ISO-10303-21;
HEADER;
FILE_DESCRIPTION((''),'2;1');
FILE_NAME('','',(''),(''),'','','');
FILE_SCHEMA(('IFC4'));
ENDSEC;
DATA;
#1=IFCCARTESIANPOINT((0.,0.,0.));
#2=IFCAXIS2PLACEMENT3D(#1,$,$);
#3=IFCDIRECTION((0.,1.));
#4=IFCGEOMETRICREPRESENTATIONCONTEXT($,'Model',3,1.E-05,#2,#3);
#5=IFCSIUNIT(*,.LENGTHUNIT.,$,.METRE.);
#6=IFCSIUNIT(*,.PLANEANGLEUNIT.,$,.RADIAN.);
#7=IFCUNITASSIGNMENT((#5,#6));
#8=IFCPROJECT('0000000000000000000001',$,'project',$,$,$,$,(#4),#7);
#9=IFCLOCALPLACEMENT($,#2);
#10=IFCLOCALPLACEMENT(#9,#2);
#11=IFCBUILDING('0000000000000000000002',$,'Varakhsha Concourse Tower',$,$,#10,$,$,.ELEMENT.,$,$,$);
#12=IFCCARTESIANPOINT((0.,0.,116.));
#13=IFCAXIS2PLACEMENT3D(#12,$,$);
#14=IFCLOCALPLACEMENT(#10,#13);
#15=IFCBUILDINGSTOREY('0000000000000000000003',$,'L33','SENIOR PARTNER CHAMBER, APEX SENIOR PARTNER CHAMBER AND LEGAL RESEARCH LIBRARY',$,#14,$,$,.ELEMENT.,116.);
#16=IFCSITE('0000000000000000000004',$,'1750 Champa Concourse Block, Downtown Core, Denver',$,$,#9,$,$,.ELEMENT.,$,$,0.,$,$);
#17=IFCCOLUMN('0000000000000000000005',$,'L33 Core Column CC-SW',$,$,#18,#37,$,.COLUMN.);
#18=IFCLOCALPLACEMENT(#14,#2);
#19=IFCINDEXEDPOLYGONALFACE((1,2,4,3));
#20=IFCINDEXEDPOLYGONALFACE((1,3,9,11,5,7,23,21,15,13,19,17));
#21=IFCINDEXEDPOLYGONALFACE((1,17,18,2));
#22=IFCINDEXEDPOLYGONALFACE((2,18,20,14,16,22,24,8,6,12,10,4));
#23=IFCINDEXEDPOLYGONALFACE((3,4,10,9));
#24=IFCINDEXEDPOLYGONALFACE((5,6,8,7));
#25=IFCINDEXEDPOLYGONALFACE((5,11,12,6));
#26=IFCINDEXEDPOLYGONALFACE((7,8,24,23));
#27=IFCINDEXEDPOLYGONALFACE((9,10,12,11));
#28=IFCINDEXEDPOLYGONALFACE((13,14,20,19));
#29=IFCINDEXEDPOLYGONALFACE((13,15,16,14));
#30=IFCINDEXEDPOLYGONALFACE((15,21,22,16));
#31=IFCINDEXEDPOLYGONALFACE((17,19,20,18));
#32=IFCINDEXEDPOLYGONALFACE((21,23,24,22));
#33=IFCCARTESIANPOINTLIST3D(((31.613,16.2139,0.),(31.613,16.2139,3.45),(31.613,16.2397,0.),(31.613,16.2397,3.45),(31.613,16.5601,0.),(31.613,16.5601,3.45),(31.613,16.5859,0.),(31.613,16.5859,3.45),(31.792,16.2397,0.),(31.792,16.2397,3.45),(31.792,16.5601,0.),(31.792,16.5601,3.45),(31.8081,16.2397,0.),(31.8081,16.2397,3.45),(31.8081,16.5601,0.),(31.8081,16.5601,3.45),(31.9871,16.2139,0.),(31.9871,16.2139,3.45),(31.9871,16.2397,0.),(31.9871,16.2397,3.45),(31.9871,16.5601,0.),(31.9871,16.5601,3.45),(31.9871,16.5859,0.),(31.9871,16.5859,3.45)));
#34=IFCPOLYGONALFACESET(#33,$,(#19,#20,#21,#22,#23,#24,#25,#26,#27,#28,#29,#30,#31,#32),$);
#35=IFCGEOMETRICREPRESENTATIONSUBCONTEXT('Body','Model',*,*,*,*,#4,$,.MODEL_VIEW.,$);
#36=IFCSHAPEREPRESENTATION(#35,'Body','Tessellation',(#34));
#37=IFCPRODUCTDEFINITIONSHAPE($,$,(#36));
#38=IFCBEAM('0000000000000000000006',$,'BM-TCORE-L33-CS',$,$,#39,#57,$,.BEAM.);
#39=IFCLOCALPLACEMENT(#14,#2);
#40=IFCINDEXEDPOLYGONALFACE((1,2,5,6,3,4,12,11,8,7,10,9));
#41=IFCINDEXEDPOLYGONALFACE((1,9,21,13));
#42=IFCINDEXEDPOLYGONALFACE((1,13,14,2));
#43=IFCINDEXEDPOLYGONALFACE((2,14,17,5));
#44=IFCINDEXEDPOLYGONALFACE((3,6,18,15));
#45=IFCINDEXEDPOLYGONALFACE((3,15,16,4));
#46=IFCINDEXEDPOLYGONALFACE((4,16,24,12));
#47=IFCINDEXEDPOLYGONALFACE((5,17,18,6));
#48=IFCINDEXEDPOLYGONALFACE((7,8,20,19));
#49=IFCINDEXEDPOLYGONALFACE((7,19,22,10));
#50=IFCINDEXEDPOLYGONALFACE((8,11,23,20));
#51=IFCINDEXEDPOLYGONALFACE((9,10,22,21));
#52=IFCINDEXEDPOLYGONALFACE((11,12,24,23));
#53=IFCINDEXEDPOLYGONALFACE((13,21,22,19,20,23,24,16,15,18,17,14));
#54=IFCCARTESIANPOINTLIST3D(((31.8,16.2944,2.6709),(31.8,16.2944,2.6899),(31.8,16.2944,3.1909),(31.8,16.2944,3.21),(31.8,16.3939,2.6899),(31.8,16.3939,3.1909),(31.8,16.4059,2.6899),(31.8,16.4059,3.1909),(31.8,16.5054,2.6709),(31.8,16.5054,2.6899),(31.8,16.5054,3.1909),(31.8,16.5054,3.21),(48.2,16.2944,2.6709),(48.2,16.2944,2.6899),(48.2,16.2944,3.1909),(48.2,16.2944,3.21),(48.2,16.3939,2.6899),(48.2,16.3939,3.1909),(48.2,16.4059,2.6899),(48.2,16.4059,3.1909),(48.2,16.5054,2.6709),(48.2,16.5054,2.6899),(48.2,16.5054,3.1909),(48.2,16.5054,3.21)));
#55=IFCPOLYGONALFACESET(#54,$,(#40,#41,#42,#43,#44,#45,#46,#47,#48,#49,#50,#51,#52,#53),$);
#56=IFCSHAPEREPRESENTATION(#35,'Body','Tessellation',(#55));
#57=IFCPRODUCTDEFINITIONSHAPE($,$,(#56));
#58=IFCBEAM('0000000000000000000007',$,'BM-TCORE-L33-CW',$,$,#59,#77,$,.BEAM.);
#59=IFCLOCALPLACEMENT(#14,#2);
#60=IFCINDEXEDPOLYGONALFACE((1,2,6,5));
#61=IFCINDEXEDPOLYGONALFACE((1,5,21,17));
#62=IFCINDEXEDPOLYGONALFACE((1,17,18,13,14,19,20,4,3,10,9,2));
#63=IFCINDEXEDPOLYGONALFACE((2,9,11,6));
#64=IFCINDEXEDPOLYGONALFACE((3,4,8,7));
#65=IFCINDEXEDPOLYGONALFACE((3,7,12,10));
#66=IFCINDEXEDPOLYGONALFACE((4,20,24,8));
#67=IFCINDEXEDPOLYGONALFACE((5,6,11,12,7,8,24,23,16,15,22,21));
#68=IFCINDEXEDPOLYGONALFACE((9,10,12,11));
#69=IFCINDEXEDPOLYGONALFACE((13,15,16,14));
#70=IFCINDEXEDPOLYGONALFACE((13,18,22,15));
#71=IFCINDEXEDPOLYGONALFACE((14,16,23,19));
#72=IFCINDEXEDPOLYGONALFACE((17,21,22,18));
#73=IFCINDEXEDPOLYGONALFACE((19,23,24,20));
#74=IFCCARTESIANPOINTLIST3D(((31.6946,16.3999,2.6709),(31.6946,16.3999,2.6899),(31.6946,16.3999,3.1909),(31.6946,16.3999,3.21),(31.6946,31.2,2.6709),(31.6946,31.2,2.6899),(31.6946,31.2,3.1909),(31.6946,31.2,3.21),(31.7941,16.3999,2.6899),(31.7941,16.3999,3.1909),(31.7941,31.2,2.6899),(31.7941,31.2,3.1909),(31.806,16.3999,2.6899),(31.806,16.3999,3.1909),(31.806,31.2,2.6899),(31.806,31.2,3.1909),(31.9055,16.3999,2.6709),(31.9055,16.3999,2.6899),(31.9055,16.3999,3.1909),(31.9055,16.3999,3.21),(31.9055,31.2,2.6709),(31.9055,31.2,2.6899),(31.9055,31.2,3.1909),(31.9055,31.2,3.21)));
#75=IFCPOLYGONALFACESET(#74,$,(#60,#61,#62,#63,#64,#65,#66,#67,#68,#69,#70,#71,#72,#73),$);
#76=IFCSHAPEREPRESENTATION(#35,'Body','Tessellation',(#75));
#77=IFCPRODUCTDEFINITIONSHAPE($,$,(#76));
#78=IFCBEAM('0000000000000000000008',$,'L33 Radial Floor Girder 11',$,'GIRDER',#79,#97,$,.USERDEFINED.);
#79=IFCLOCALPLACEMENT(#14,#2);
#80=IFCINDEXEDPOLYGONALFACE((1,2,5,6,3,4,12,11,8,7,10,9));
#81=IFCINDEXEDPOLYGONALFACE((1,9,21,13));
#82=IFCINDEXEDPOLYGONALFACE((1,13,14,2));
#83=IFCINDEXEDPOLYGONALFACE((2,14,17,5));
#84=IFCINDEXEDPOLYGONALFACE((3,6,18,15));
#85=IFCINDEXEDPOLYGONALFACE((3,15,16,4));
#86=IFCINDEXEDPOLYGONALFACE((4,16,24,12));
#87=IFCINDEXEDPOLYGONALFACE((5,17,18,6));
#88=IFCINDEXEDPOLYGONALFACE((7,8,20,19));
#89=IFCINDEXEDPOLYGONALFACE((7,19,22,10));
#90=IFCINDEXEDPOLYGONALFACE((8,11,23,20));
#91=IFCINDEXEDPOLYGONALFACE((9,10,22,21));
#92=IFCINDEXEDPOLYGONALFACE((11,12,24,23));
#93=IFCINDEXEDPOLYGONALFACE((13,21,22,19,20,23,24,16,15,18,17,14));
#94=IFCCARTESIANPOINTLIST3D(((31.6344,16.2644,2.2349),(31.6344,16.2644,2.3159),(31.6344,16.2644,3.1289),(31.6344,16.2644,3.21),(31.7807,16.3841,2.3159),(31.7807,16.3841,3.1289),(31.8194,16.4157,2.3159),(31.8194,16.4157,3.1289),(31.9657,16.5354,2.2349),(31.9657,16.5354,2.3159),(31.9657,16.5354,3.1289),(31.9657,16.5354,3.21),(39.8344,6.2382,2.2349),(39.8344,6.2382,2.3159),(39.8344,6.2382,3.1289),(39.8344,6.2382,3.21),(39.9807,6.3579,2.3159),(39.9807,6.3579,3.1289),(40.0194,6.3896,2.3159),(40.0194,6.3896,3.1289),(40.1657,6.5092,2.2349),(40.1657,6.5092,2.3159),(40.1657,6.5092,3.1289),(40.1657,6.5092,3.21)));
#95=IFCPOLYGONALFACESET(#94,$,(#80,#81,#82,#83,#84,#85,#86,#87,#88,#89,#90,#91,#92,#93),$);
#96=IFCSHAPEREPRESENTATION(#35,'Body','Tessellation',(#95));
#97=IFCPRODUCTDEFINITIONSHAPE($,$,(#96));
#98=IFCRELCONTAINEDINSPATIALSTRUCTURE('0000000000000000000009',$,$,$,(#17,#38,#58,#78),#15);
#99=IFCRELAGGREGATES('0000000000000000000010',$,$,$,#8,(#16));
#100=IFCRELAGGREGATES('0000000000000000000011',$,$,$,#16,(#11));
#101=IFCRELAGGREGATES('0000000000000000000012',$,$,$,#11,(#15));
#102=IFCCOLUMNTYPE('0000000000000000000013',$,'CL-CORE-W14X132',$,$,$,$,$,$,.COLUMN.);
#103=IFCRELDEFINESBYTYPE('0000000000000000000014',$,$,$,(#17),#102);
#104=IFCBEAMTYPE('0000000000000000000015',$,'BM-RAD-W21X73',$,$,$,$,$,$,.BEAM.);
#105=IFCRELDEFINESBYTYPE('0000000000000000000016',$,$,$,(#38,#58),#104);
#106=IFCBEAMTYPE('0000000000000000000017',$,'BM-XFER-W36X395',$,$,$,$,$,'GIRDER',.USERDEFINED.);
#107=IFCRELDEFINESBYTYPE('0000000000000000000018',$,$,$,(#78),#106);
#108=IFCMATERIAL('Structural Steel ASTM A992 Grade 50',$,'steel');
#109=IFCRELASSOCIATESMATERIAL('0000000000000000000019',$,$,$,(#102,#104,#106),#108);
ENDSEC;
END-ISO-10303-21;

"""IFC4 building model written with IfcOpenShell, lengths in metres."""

from ifc_helpers import new_model, si_unit, direction, frame, origin, origin_2d, place, context, subcontext, project, spatial, i_section, extrude, material, material_profile, profile_set, type_object, element, save


model = new_model("IFC4")

# Units and contexts
model_context = context("Model", 3, precision=1e-05, world=origin(), true_north=direction((0.0, 1.0)))
body_context = subcontext(model_context, "Body", "Model", "MODEL_VIEW")
ifc_project = project(units=[si_unit("LENGTHUNIT", "METRE"), si_unit("PLANEANGLEUNIT", "RADIAN")], contexts=[model_context])

# Site, building, storey
site_placement = place(None, origin())
site = spatial("IfcSite", under=ifc_project, at=site_placement, Name="1750 Champa Concourse Block, Downtown Core, Denver", CompositionType="ELEMENT", RefElevation=0.0)
building_placement = place(site_placement, origin())
building = spatial("IfcBuilding", under=site, at=building_placement, Name="Varakhsha Concourse Tower", CompositionType="ELEMENT")
storey_placement = place(building_placement, frame((0.0, 0.0, 116.0)))
storey = spatial("IfcBuildingStorey", under=building, at=storey_placement, Name="L33", Description="SENIOR PARTNER CHAMBER, APEX SENIOR PARTNER CHAMBER AND LEGAL RESEARCH LIBRARY", CompositionType="ELEMENT", Elevation=116.0)

# Column
ifc_material_1 = material(Name="Structural Steel ASTM A992 Grade 50", Category="steel")
ifc_material_profile_1 = material_profile(ifc_material_1, i_section(OverallWidth=0.374, OverallDepth=0.3721, WebThickness=0.0161, FlangeThickness=0.0259, at=origin_2d()), Name="W14X132")
ifc_profile_set_1 = profile_set([ifc_material_profile_1], Name="Structural Steel ASTM A992 Grade 50")
column_type = type_object("IfcColumnType", Name="CL-CORE-W14X132", PredefinedType="COLUMN", material=ifc_profile_set_1)
column_placement = place(storey_placement, frame((31.8, 16.3999, 0.0), z_axis=(0.0, 0.0, 1.0), x_axis=(1.0, 0.0, 0.0)))
element("IfcColumn", 1, at=column_placement, inside=storey, type_object=column_type, Name="L33 Core Column CC-SW", PredefinedType="COLUMN", context=body_context, shape_type="SweptSolid", body=[
    extrude(i_section(OverallWidth=0.374, OverallDepth=0.3721, WebThickness=0.0161, FlangeThickness=0.0259, at=origin_2d()), origin(), (0.0, 0.0, 1.0), 3.45),
])

# Beams
ifc_material_profile_2 = material_profile(ifc_material_1, i_section(OverallWidth=0.2109, OverallDepth=0.5391, WebThickness=0.012, FlangeThickness=0.019, at=origin_2d()), Name="W21X73")
ifc_profile_set_2 = profile_set([ifc_material_profile_2], Name="Structural Steel ASTM A992 Grade 50")
beam_type_1 = type_object("IfcBeamType", Name="BM-RAD-W21X73", PredefinedType="BEAM", material=ifc_profile_set_2)
beam_1_placement = place(storey_placement, frame((31.8, 16.3999, 2.9404), z_axis=(1.0, 0.0, 0.0), x_axis=(0.0, 1.0, 0.0)))
element("IfcBeam", 2, at=beam_1_placement, inside=storey, type_object=beam_type_1, Name="BM-TCORE-L33-CS", PredefinedType="BEAM", context=body_context, shape_type="SweptSolid", body=[
    extrude(i_section(OverallWidth=0.2109, OverallDepth=0.5391, WebThickness=0.012, FlangeThickness=0.019, at=origin_2d()), origin(), (0.0, 0.0, 1.0), 16.3999),
])
beam_2_placement = place(storey_placement, frame((31.8, 16.3999, 2.9404), z_axis=(0.0, 1.0, 0.0), x_axis=(-1.0, 0.0, 0.0)))
element("IfcBeam", 3, at=beam_2_placement, inside=storey, type_object=beam_type_1, Name="BM-TCORE-L33-CW", PredefinedType="BEAM", context=body_context, shape_type="SweptSolid", body=[
    extrude(i_section(OverallWidth=0.2109, OverallDepth=0.5391, WebThickness=0.012, FlangeThickness=0.019, at=origin_2d()), origin(), (0.0, 0.0, 1.0), 14.8),
])
ifc_material_profile_3 = material_profile(ifc_material_1, i_section(OverallWidth=0.428, OverallDepth=0.9751, WebThickness=0.05, FlangeThickness=0.0811, at=origin_2d()), Name="W36X395")
ifc_profile_set_3 = profile_set([ifc_material_profile_3], Name="Structural Steel ASTM A992 Grade 50")
beam_type_2 = type_object("IfcBeamType", Name="BM-XFER-W36X395", ElementType="GIRDER", PredefinedType="USERDEFINED", material=ifc_profile_set_3)
beam_3_placement = place(storey_placement, frame((31.8, 16.3999, 2.7224), z_axis=(0.633088, -0.77408, 0.0), x_axis=(0.77408, 0.633088, 0.0)))
element("IfcBeam", 4, at=beam_3_placement, inside=storey, type_object=beam_type_2, Name="L33 Radial Floor Girder 11", ObjectType="GIRDER", PredefinedType="USERDEFINED", context=body_context, shape_type="SweptSolid", body=[
    extrude(i_section(OverallWidth=0.428, OverallDepth=0.9751, WebThickness=0.05, FlangeThickness=0.0811, at=origin_2d()), origin(), (0.0, 0.0, 1.0), 12.9524),
])

save(model, "model.ifc")
